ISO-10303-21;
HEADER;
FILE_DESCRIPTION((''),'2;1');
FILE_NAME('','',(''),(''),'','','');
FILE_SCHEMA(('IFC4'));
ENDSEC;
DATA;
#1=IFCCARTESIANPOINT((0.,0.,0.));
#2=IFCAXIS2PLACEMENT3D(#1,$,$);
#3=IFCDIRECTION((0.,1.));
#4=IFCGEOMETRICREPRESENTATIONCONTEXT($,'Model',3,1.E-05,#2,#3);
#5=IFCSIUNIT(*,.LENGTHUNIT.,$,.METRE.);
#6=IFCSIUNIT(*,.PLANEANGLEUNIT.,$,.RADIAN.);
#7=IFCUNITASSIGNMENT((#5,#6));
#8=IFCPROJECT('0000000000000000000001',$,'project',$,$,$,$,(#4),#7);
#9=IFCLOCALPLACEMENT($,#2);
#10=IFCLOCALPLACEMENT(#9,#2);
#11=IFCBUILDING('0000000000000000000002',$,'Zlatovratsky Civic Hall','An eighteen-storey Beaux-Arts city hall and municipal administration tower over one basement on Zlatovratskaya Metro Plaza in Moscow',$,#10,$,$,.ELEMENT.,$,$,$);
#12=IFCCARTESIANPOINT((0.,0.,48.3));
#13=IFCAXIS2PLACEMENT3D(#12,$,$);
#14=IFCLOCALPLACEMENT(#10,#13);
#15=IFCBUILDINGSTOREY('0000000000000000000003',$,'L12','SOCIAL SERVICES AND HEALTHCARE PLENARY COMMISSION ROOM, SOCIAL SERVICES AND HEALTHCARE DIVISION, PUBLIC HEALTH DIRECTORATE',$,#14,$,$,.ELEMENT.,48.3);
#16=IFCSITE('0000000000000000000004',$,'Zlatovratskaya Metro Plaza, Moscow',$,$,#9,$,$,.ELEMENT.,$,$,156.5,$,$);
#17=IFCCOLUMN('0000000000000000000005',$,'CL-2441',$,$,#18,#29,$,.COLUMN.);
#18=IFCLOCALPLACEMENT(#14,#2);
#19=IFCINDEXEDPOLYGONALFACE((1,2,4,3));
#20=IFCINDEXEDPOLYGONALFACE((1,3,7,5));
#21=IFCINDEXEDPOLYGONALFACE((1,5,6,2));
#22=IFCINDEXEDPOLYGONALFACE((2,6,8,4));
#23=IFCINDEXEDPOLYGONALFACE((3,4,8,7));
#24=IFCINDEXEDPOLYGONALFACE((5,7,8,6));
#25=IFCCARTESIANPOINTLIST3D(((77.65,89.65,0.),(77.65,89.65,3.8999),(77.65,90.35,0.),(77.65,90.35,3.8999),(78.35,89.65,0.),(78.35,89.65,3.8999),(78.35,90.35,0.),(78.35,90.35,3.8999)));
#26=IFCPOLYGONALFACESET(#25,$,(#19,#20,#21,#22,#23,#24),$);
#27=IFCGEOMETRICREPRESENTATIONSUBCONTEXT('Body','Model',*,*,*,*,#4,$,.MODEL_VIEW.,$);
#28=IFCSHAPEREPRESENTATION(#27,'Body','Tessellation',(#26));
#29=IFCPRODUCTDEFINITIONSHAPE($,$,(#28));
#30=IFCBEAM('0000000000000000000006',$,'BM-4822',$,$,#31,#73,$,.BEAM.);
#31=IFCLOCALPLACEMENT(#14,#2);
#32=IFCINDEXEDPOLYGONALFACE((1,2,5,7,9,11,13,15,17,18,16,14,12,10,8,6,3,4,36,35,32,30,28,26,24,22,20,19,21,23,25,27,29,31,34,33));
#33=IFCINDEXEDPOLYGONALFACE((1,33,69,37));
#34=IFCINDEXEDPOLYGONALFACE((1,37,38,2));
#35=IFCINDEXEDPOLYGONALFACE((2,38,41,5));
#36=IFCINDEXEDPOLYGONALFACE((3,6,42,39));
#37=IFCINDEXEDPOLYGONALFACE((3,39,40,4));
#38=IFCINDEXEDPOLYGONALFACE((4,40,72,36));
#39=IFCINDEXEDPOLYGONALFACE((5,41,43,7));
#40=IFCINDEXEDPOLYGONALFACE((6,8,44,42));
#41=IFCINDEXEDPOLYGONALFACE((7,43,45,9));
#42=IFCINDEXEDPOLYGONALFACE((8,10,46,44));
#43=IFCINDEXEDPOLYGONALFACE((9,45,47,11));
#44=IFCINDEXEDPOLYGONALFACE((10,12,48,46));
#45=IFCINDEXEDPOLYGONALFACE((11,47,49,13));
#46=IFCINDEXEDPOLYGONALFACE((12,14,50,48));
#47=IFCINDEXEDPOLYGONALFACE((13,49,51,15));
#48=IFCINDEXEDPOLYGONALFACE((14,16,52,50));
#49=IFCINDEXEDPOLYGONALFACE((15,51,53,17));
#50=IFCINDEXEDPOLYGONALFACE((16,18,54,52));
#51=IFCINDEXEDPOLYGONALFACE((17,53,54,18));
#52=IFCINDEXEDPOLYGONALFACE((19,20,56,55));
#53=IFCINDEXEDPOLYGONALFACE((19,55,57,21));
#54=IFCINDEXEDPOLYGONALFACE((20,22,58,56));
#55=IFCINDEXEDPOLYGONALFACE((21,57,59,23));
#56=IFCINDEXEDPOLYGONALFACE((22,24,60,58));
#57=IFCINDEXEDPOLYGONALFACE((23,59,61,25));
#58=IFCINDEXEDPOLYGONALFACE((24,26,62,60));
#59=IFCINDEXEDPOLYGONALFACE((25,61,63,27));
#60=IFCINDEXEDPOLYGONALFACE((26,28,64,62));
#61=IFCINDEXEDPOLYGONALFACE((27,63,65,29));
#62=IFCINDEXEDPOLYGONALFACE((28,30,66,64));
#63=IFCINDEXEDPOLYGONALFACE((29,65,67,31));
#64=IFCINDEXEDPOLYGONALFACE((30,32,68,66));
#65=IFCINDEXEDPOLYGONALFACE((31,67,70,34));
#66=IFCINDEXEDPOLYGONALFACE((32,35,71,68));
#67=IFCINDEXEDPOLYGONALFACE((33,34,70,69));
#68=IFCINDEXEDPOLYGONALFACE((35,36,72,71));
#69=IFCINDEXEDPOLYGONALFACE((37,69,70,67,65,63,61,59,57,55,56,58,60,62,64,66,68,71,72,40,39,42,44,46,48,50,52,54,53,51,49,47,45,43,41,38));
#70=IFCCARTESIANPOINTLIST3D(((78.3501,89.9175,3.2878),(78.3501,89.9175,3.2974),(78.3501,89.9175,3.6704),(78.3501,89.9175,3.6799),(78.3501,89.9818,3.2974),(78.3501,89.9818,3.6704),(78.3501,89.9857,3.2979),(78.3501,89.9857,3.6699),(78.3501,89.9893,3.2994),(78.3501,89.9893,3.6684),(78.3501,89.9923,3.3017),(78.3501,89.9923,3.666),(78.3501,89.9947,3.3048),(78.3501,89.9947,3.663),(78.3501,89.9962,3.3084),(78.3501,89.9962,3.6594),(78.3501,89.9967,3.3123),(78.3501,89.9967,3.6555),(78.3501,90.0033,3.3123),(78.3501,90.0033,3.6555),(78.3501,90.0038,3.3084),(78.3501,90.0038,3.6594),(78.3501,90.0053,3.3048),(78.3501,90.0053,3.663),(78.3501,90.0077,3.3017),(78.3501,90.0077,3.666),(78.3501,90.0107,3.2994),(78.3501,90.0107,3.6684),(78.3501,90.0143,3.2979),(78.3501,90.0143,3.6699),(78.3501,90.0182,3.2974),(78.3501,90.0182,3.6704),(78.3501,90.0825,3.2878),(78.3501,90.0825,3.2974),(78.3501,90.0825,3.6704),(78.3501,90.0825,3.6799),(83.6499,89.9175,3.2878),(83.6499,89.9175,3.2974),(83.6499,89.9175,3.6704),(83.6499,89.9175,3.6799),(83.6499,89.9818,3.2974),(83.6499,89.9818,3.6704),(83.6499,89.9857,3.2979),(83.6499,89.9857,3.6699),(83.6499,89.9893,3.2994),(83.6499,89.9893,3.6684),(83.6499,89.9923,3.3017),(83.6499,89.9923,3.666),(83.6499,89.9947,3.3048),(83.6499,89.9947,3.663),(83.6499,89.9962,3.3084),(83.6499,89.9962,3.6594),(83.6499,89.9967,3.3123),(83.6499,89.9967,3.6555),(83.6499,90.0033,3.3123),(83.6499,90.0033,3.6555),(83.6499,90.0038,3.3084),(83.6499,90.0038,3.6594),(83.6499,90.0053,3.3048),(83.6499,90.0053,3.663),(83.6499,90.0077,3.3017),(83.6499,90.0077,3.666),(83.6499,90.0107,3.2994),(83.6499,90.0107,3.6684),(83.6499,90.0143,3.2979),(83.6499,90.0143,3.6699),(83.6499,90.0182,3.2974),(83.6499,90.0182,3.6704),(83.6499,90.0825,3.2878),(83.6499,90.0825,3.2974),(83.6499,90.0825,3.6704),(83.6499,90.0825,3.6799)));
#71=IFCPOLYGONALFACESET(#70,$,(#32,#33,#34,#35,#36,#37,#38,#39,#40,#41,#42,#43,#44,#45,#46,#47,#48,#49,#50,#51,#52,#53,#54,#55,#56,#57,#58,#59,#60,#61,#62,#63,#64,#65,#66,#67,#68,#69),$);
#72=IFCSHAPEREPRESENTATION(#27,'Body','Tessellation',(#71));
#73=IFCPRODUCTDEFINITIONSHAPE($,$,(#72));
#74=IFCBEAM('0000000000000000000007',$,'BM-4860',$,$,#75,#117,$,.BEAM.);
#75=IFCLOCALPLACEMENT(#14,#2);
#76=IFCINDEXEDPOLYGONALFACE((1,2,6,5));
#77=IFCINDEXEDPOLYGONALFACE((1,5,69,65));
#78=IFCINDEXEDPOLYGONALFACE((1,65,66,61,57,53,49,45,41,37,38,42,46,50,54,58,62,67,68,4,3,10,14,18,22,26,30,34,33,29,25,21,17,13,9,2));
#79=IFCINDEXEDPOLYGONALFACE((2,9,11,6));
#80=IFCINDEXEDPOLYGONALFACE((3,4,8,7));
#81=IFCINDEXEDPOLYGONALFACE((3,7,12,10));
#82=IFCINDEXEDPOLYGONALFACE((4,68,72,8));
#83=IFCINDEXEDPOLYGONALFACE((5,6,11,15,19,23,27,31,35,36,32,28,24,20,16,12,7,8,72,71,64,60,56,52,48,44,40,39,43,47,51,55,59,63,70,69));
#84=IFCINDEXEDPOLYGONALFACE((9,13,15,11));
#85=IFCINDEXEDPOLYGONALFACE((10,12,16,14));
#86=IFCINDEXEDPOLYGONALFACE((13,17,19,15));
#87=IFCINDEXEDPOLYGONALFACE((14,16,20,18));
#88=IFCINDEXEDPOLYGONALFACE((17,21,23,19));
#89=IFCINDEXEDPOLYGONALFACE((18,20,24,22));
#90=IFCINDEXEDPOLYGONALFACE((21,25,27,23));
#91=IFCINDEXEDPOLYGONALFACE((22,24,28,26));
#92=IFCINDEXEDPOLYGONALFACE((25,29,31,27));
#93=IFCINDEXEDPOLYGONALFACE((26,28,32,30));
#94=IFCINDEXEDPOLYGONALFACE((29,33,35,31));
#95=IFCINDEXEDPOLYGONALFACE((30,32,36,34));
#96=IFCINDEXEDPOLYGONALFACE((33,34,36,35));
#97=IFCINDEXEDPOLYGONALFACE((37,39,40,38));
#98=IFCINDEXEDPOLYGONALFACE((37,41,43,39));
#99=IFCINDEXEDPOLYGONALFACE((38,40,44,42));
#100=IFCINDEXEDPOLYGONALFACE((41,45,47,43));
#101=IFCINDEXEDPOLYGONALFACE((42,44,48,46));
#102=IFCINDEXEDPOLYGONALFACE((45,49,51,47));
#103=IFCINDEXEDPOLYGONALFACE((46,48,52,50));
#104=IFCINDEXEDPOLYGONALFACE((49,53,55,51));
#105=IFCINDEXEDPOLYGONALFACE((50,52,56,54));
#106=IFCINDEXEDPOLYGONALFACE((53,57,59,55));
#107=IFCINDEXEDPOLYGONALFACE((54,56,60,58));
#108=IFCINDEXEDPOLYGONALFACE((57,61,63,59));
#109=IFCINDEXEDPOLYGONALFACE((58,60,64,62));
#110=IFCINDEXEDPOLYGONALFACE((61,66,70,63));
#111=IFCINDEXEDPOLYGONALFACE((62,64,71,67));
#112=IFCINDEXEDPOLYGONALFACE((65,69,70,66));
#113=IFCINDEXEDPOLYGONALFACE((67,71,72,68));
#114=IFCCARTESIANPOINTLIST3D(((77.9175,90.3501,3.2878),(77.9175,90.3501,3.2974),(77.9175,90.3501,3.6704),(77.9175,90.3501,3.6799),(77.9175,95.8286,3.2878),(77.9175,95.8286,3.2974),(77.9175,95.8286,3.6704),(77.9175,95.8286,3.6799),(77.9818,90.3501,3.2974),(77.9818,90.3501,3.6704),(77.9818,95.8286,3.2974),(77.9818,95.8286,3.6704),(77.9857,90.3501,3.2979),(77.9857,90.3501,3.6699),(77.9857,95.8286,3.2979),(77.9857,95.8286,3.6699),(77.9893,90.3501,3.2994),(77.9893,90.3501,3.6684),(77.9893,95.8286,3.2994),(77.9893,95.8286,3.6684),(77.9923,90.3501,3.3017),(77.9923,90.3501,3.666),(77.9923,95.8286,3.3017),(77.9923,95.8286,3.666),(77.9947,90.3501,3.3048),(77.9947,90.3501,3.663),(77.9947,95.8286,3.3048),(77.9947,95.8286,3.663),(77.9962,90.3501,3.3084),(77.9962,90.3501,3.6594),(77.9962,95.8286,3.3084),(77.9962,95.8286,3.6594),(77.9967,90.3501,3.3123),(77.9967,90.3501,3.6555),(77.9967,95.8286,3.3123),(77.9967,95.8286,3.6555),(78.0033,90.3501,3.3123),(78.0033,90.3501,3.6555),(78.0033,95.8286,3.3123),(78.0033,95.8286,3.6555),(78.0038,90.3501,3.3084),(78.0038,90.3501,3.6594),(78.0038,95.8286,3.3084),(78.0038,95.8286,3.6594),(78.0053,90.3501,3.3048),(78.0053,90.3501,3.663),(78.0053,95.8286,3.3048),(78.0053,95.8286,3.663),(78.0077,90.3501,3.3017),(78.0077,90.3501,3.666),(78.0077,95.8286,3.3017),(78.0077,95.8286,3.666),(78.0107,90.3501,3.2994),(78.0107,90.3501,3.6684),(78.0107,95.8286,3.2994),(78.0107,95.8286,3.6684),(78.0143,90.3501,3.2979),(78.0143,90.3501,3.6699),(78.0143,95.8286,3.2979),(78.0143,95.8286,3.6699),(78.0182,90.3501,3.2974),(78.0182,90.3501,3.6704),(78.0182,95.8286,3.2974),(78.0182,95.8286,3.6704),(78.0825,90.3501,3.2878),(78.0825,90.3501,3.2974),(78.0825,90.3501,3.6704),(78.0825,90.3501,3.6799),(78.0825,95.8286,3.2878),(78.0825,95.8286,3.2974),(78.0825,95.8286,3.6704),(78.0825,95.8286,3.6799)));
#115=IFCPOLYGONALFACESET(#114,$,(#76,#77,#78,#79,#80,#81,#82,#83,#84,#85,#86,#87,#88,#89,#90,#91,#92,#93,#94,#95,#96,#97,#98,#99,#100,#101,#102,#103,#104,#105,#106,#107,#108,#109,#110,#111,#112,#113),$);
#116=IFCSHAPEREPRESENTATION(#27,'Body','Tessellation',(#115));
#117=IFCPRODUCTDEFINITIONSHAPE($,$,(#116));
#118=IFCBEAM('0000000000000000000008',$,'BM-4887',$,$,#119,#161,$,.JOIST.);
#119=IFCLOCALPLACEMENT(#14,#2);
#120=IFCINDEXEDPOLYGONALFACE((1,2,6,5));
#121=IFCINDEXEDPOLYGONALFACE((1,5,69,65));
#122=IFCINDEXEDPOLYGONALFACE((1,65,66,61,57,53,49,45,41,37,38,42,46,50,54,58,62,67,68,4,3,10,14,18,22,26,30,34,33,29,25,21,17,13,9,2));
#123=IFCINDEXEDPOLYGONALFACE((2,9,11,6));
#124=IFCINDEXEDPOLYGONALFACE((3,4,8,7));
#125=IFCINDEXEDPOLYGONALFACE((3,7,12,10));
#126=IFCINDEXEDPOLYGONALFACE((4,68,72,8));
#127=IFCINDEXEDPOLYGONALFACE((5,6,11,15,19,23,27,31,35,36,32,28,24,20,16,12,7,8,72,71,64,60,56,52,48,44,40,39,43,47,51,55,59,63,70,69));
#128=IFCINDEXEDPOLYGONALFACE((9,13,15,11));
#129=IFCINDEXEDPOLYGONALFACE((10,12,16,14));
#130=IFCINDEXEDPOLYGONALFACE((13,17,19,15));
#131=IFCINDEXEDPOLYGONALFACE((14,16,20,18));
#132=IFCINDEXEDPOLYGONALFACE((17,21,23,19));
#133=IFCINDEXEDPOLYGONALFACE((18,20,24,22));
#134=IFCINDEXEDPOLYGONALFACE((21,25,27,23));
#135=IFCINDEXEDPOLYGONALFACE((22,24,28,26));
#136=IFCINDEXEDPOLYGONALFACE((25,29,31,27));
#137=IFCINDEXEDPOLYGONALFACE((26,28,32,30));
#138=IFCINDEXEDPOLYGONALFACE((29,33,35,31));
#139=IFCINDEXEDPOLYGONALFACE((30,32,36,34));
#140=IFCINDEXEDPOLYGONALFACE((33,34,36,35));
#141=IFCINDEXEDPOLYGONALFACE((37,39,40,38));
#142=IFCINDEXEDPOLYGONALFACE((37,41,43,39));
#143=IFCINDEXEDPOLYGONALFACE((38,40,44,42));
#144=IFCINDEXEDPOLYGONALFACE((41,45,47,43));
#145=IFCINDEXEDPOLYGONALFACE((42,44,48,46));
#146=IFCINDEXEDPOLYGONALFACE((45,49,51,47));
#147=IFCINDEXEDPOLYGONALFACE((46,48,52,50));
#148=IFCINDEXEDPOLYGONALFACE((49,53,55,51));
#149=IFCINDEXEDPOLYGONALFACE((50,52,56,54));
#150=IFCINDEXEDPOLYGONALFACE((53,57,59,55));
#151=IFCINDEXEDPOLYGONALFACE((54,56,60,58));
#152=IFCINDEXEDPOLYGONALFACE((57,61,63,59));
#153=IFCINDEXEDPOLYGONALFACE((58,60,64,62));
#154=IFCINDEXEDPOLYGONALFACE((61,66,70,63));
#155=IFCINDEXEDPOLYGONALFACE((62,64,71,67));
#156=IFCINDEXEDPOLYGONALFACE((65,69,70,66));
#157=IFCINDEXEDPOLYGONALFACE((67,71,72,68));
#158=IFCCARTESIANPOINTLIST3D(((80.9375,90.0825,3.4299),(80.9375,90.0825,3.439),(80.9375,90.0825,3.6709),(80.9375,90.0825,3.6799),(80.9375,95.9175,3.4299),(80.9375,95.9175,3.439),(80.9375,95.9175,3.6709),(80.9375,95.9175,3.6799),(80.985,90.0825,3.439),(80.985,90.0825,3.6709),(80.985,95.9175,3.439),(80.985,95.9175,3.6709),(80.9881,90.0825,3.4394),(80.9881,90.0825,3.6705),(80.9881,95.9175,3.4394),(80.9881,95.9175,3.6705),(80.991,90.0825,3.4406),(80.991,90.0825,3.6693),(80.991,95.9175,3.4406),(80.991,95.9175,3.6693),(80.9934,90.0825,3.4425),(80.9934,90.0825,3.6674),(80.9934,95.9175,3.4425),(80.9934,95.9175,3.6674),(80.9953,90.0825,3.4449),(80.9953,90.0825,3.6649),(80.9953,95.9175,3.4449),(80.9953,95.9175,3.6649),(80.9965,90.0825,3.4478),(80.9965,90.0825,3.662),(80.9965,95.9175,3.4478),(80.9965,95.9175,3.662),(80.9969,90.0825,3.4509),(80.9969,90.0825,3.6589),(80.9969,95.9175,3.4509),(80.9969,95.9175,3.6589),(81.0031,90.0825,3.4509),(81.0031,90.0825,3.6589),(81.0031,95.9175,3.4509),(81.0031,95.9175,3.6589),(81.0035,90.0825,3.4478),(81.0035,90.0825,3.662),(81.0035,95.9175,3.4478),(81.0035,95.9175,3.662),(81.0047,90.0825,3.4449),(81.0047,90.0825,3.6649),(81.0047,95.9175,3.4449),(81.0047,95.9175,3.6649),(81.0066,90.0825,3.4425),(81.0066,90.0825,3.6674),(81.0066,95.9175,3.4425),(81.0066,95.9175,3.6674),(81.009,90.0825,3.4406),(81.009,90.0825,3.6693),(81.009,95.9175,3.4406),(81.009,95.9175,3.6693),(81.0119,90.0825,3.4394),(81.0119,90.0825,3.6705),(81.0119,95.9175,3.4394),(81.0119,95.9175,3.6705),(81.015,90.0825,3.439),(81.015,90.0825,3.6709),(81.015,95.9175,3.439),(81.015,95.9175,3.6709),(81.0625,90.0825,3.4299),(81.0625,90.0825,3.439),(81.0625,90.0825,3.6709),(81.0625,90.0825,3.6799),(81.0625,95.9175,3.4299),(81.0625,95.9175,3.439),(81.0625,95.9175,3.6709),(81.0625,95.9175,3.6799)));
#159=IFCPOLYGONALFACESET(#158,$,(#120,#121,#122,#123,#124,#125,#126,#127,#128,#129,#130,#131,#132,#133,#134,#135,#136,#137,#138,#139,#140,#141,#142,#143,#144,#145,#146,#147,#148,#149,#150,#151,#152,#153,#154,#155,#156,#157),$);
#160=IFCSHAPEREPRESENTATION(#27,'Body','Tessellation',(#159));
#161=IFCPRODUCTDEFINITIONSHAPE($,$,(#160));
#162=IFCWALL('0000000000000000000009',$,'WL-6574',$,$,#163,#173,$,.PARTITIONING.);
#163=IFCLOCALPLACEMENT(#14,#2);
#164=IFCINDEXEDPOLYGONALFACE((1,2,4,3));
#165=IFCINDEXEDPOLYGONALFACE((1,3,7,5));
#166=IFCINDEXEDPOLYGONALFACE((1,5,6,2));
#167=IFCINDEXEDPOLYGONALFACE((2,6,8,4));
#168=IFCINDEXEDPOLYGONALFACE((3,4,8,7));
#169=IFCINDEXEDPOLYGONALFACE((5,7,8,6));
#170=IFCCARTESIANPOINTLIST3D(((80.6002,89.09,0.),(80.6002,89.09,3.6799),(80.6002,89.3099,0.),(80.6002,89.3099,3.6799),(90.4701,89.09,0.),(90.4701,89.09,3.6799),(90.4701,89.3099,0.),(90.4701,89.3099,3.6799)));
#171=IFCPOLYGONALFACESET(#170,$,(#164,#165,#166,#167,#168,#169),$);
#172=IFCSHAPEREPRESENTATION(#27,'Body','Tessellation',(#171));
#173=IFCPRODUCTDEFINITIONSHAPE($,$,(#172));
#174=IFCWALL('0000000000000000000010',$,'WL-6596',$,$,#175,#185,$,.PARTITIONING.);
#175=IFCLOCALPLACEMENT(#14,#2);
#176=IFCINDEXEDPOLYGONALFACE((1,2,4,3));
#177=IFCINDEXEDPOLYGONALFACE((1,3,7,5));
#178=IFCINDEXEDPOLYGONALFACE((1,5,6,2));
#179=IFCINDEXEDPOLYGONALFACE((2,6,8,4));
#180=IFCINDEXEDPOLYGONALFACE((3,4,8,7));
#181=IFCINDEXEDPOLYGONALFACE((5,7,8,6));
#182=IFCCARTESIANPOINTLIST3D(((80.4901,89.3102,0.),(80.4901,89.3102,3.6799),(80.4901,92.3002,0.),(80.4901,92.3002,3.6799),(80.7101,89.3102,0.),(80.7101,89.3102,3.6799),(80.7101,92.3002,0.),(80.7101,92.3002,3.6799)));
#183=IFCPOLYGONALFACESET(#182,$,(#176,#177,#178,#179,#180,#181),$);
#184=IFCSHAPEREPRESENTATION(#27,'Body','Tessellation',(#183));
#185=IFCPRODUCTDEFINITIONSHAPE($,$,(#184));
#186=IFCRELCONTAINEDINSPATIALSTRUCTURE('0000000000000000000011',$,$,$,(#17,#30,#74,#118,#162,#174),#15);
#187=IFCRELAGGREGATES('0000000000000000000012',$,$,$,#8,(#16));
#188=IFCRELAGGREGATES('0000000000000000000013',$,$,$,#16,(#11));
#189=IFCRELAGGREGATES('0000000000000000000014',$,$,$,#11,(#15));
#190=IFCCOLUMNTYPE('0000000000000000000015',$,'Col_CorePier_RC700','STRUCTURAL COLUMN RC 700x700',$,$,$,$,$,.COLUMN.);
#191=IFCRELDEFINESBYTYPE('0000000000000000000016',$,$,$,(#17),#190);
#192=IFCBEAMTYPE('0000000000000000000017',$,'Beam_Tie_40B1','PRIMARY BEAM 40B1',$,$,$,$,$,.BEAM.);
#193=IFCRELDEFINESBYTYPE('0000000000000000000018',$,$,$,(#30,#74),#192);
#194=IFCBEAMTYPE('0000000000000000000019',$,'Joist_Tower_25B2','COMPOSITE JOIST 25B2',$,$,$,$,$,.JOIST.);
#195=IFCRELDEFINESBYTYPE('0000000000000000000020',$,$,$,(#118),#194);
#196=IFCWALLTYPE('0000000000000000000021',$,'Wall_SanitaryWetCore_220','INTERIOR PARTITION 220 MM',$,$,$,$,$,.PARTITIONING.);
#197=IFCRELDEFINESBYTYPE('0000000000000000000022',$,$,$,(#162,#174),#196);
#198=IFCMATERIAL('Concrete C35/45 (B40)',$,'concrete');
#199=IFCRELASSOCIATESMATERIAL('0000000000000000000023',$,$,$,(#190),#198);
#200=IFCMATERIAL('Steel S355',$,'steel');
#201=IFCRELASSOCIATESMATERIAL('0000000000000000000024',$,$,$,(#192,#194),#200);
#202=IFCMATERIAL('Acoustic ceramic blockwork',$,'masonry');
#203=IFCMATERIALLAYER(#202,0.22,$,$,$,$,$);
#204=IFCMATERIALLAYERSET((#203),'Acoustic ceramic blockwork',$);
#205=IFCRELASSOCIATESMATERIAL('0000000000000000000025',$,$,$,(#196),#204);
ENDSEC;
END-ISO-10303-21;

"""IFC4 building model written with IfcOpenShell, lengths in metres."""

from ifc_helpers import new_model, si_unit, direction, frame, frame_2d, origin, origin_2d, place, context, subcontext, project, spatial, rectangle, i_section, extrude, material, layer, layer_set, material_profile, profile_set, type_object, element, save


model = new_model("IFC4")

# Units and contexts
model_context = context("Model", 3, precision=1e-05, world=origin(), true_north=direction((0.0, 1.0)))
body_context = subcontext(model_context, "Body", "Model", "MODEL_VIEW")
ifc_project = project(units=[si_unit("LENGTHUNIT", "METRE"), si_unit("PLANEANGLEUNIT", "RADIAN")], contexts=[model_context])

# Site, building, storey
site_placement = place(None, origin())
site = spatial("IfcSite", under=ifc_project, at=site_placement, Name="Zlatovratskaya Metro Plaza, Moscow", CompositionType="ELEMENT", RefElevation=156.5)
building_placement = place(site_placement, origin())
building = spatial("IfcBuilding", under=site, at=building_placement, Name="Zlatovratsky Civic Hall", Description="An eighteen-storey Beaux-Arts city hall and municipal administration tower over one basement on Zlatovratskaya Metro Plaza in Moscow", CompositionType="ELEMENT")
storey_placement = place(building_placement, frame((0.0, 0.0, 48.3)))
storey = spatial("IfcBuildingStorey", under=building, at=storey_placement, Name="L12", Description="SOCIAL SERVICES AND HEALTHCARE PLENARY COMMISSION ROOM, SOCIAL SERVICES AND HEALTHCARE DIVISION, PUBLIC HEALTH DIRECTORATE", CompositionType="ELEMENT", Elevation=48.3)

# Column
ifc_material_1 = material(Name="Concrete C35/45 (B40)", Category="concrete")
ifc_material_profile_1 = material_profile(ifc_material_1, rectangle(XDim=0.7, YDim=0.7, at=origin_2d()), Name="RC 700x700")
ifc_profile_set_1 = profile_set([ifc_material_profile_1], Name="Concrete C35/45 (B40)")
column_type = type_object("IfcColumnType", Name="Col_CorePier_RC700", Description="STRUCTURAL COLUMN RC 700x700", PredefinedType="COLUMN", material=ifc_profile_set_1)
column_placement = place(storey_placement, frame((78.0, 90.0, 0.0), z_axis=(0.0, 0.0, 1.0), x_axis=(1.0, 0.0, 0.0)))
element("IfcColumn", 1, at=column_placement, inside=storey, type_object=column_type, Name="CL-2441", PredefinedType="COLUMN", context=body_context, shape_type="SweptSolid", body=[
    extrude(rectangle(XDim=0.7, YDim=0.7, at=origin_2d()), origin(), (0.0, 0.0, 1.0), 3.8999),
])

# Beams
ifc_material_2 = material(Name="Steel S355", Category="steel")
ifc_material_profile_2 = material_profile(ifc_material_2, i_section(OverallWidth=0.165, OverallDepth=0.3921, WebThickness=0.0066, FlangeThickness=0.0095, FilletRadius=0.0149, at=origin_2d()), Name="40B1")
ifc_profile_set_2 = profile_set([ifc_material_profile_2], Name="Steel S355")
beam_type_1 = type_object("IfcBeamType", Name="Beam_Tie_40B1", Description="PRIMARY BEAM 40B1", PredefinedType="BEAM", material=ifc_profile_set_2)
beam_1_placement = place(storey_placement, frame((78.3501, 90.0, 3.4839), z_axis=(1.0, 0.0, 0.0), x_axis=(0.0, 1.0, 0.0)))
element("IfcBeam", 2, at=beam_1_placement, inside=storey, type_object=beam_type_1, Name="BM-4822", PredefinedType="BEAM", context=body_context, shape_type="SweptSolid", body=[
    extrude(i_section(OverallWidth=0.165, OverallDepth=0.3921, WebThickness=0.0066, FlangeThickness=0.0095, FilletRadius=0.0149, at=origin_2d()), origin(), (0.0, 0.0, 1.0), 5.2998),
])
beam_2_placement = place(storey_placement, frame((78.0, 90.3501, 3.4839), z_axis=(0.0, 1.0, 0.0), x_axis=(-1.0, 0.0, 0.0)))
element("IfcBeam", 3, at=beam_2_placement, inside=storey, type_object=beam_type_1, Name="BM-4860", PredefinedType="BEAM", context=body_context, shape_type="SweptSolid", body=[
    extrude(i_section(OverallWidth=0.165, OverallDepth=0.3921, WebThickness=0.0066, FlangeThickness=0.0095, FilletRadius=0.0149, at=origin_2d()), origin(), (0.0, 0.0, 1.0), 5.4785),
])
ifc_material_profile_3 = material_profile(ifc_material_2, i_section(OverallWidth=0.125, OverallDepth=0.25, WebThickness=0.0061, FlangeThickness=0.009, FilletRadius=0.012, at=origin_2d()), Name="25B2")
ifc_profile_set_3 = profile_set([ifc_material_profile_3], Name="Steel S355")
beam_type_2 = type_object("IfcBeamType", Name="Joist_Tower_25B2", Description="COMPOSITE JOIST 25B2", PredefinedType="JOIST", material=ifc_profile_set_3)
beam_3_placement = place(storey_placement, frame((81.0, 90.0825, 3.5549), z_axis=(0.0, 1.0, 0.0), x_axis=(-1.0, 0.0, 0.0)))
element("IfcBeam", 4, at=beam_3_placement, inside=storey, type_object=beam_type_2, Name="BM-4887", PredefinedType="JOIST", context=body_context, shape_type="SweptSolid", body=[
    extrude(i_section(OverallWidth=0.125, OverallDepth=0.25, WebThickness=0.0061, FlangeThickness=0.009, FilletRadius=0.012, at=origin_2d()), origin(), (0.0, 0.0, 1.0), 5.835),
])

# Walls
ifc_material_3 = material(Name="Acoustic ceramic blockwork", Category="masonry")
ifc_layer_1 = layer(ifc_material_3, 0.22)
ifc_layer_set_1 = layer_set([ifc_layer_1], Name="Acoustic ceramic blockwork")
wall_type_1 = type_object("IfcWallType", Name="Wall_SanitaryWetCore_220", Description="INTERIOR PARTITION 220 MM", PredefinedType="PARTITIONING", material=ifc_layer_set_1)
wall_1_placement = place(storey_placement, frame((80.6001, 89.2, 0.0), z_axis=(0.0, 0.0, 1.0), x_axis=(1.0, 0.0, 0.0)))
element("IfcWall", 5, at=wall_1_placement, inside=storey, type_object=wall_type_1, Name="WL-6574", PredefinedType="PARTITIONING", context=body_context, shape_type="SweptSolid", body=[
    extrude(rectangle(XDim=9.8699, YDim=0.22, at=frame_2d((4.9351, 0.0))), origin(), (0.0, 0.0, 1.0), 3.6799),
])
wall_2_placement = place(storey_placement, frame((80.6001, 89.3101, 0.0), z_axis=(0.0, 0.0, 1.0), x_axis=(0.0, 1.0, 0.0)))
element("IfcWall", 6, at=wall_2_placement, inside=storey, type_object=wall_type_1, Name="WL-6596", PredefinedType="PARTITIONING", context=body_context, shape_type="SweptSolid", body=[
    extrude(rectangle(XDim=2.99, YDim=0.22, at=frame_2d((1.4951, 0.0))), origin(), (0.0, 0.0, 1.0), 3.6799),
])

save(model, "model.ifc")
